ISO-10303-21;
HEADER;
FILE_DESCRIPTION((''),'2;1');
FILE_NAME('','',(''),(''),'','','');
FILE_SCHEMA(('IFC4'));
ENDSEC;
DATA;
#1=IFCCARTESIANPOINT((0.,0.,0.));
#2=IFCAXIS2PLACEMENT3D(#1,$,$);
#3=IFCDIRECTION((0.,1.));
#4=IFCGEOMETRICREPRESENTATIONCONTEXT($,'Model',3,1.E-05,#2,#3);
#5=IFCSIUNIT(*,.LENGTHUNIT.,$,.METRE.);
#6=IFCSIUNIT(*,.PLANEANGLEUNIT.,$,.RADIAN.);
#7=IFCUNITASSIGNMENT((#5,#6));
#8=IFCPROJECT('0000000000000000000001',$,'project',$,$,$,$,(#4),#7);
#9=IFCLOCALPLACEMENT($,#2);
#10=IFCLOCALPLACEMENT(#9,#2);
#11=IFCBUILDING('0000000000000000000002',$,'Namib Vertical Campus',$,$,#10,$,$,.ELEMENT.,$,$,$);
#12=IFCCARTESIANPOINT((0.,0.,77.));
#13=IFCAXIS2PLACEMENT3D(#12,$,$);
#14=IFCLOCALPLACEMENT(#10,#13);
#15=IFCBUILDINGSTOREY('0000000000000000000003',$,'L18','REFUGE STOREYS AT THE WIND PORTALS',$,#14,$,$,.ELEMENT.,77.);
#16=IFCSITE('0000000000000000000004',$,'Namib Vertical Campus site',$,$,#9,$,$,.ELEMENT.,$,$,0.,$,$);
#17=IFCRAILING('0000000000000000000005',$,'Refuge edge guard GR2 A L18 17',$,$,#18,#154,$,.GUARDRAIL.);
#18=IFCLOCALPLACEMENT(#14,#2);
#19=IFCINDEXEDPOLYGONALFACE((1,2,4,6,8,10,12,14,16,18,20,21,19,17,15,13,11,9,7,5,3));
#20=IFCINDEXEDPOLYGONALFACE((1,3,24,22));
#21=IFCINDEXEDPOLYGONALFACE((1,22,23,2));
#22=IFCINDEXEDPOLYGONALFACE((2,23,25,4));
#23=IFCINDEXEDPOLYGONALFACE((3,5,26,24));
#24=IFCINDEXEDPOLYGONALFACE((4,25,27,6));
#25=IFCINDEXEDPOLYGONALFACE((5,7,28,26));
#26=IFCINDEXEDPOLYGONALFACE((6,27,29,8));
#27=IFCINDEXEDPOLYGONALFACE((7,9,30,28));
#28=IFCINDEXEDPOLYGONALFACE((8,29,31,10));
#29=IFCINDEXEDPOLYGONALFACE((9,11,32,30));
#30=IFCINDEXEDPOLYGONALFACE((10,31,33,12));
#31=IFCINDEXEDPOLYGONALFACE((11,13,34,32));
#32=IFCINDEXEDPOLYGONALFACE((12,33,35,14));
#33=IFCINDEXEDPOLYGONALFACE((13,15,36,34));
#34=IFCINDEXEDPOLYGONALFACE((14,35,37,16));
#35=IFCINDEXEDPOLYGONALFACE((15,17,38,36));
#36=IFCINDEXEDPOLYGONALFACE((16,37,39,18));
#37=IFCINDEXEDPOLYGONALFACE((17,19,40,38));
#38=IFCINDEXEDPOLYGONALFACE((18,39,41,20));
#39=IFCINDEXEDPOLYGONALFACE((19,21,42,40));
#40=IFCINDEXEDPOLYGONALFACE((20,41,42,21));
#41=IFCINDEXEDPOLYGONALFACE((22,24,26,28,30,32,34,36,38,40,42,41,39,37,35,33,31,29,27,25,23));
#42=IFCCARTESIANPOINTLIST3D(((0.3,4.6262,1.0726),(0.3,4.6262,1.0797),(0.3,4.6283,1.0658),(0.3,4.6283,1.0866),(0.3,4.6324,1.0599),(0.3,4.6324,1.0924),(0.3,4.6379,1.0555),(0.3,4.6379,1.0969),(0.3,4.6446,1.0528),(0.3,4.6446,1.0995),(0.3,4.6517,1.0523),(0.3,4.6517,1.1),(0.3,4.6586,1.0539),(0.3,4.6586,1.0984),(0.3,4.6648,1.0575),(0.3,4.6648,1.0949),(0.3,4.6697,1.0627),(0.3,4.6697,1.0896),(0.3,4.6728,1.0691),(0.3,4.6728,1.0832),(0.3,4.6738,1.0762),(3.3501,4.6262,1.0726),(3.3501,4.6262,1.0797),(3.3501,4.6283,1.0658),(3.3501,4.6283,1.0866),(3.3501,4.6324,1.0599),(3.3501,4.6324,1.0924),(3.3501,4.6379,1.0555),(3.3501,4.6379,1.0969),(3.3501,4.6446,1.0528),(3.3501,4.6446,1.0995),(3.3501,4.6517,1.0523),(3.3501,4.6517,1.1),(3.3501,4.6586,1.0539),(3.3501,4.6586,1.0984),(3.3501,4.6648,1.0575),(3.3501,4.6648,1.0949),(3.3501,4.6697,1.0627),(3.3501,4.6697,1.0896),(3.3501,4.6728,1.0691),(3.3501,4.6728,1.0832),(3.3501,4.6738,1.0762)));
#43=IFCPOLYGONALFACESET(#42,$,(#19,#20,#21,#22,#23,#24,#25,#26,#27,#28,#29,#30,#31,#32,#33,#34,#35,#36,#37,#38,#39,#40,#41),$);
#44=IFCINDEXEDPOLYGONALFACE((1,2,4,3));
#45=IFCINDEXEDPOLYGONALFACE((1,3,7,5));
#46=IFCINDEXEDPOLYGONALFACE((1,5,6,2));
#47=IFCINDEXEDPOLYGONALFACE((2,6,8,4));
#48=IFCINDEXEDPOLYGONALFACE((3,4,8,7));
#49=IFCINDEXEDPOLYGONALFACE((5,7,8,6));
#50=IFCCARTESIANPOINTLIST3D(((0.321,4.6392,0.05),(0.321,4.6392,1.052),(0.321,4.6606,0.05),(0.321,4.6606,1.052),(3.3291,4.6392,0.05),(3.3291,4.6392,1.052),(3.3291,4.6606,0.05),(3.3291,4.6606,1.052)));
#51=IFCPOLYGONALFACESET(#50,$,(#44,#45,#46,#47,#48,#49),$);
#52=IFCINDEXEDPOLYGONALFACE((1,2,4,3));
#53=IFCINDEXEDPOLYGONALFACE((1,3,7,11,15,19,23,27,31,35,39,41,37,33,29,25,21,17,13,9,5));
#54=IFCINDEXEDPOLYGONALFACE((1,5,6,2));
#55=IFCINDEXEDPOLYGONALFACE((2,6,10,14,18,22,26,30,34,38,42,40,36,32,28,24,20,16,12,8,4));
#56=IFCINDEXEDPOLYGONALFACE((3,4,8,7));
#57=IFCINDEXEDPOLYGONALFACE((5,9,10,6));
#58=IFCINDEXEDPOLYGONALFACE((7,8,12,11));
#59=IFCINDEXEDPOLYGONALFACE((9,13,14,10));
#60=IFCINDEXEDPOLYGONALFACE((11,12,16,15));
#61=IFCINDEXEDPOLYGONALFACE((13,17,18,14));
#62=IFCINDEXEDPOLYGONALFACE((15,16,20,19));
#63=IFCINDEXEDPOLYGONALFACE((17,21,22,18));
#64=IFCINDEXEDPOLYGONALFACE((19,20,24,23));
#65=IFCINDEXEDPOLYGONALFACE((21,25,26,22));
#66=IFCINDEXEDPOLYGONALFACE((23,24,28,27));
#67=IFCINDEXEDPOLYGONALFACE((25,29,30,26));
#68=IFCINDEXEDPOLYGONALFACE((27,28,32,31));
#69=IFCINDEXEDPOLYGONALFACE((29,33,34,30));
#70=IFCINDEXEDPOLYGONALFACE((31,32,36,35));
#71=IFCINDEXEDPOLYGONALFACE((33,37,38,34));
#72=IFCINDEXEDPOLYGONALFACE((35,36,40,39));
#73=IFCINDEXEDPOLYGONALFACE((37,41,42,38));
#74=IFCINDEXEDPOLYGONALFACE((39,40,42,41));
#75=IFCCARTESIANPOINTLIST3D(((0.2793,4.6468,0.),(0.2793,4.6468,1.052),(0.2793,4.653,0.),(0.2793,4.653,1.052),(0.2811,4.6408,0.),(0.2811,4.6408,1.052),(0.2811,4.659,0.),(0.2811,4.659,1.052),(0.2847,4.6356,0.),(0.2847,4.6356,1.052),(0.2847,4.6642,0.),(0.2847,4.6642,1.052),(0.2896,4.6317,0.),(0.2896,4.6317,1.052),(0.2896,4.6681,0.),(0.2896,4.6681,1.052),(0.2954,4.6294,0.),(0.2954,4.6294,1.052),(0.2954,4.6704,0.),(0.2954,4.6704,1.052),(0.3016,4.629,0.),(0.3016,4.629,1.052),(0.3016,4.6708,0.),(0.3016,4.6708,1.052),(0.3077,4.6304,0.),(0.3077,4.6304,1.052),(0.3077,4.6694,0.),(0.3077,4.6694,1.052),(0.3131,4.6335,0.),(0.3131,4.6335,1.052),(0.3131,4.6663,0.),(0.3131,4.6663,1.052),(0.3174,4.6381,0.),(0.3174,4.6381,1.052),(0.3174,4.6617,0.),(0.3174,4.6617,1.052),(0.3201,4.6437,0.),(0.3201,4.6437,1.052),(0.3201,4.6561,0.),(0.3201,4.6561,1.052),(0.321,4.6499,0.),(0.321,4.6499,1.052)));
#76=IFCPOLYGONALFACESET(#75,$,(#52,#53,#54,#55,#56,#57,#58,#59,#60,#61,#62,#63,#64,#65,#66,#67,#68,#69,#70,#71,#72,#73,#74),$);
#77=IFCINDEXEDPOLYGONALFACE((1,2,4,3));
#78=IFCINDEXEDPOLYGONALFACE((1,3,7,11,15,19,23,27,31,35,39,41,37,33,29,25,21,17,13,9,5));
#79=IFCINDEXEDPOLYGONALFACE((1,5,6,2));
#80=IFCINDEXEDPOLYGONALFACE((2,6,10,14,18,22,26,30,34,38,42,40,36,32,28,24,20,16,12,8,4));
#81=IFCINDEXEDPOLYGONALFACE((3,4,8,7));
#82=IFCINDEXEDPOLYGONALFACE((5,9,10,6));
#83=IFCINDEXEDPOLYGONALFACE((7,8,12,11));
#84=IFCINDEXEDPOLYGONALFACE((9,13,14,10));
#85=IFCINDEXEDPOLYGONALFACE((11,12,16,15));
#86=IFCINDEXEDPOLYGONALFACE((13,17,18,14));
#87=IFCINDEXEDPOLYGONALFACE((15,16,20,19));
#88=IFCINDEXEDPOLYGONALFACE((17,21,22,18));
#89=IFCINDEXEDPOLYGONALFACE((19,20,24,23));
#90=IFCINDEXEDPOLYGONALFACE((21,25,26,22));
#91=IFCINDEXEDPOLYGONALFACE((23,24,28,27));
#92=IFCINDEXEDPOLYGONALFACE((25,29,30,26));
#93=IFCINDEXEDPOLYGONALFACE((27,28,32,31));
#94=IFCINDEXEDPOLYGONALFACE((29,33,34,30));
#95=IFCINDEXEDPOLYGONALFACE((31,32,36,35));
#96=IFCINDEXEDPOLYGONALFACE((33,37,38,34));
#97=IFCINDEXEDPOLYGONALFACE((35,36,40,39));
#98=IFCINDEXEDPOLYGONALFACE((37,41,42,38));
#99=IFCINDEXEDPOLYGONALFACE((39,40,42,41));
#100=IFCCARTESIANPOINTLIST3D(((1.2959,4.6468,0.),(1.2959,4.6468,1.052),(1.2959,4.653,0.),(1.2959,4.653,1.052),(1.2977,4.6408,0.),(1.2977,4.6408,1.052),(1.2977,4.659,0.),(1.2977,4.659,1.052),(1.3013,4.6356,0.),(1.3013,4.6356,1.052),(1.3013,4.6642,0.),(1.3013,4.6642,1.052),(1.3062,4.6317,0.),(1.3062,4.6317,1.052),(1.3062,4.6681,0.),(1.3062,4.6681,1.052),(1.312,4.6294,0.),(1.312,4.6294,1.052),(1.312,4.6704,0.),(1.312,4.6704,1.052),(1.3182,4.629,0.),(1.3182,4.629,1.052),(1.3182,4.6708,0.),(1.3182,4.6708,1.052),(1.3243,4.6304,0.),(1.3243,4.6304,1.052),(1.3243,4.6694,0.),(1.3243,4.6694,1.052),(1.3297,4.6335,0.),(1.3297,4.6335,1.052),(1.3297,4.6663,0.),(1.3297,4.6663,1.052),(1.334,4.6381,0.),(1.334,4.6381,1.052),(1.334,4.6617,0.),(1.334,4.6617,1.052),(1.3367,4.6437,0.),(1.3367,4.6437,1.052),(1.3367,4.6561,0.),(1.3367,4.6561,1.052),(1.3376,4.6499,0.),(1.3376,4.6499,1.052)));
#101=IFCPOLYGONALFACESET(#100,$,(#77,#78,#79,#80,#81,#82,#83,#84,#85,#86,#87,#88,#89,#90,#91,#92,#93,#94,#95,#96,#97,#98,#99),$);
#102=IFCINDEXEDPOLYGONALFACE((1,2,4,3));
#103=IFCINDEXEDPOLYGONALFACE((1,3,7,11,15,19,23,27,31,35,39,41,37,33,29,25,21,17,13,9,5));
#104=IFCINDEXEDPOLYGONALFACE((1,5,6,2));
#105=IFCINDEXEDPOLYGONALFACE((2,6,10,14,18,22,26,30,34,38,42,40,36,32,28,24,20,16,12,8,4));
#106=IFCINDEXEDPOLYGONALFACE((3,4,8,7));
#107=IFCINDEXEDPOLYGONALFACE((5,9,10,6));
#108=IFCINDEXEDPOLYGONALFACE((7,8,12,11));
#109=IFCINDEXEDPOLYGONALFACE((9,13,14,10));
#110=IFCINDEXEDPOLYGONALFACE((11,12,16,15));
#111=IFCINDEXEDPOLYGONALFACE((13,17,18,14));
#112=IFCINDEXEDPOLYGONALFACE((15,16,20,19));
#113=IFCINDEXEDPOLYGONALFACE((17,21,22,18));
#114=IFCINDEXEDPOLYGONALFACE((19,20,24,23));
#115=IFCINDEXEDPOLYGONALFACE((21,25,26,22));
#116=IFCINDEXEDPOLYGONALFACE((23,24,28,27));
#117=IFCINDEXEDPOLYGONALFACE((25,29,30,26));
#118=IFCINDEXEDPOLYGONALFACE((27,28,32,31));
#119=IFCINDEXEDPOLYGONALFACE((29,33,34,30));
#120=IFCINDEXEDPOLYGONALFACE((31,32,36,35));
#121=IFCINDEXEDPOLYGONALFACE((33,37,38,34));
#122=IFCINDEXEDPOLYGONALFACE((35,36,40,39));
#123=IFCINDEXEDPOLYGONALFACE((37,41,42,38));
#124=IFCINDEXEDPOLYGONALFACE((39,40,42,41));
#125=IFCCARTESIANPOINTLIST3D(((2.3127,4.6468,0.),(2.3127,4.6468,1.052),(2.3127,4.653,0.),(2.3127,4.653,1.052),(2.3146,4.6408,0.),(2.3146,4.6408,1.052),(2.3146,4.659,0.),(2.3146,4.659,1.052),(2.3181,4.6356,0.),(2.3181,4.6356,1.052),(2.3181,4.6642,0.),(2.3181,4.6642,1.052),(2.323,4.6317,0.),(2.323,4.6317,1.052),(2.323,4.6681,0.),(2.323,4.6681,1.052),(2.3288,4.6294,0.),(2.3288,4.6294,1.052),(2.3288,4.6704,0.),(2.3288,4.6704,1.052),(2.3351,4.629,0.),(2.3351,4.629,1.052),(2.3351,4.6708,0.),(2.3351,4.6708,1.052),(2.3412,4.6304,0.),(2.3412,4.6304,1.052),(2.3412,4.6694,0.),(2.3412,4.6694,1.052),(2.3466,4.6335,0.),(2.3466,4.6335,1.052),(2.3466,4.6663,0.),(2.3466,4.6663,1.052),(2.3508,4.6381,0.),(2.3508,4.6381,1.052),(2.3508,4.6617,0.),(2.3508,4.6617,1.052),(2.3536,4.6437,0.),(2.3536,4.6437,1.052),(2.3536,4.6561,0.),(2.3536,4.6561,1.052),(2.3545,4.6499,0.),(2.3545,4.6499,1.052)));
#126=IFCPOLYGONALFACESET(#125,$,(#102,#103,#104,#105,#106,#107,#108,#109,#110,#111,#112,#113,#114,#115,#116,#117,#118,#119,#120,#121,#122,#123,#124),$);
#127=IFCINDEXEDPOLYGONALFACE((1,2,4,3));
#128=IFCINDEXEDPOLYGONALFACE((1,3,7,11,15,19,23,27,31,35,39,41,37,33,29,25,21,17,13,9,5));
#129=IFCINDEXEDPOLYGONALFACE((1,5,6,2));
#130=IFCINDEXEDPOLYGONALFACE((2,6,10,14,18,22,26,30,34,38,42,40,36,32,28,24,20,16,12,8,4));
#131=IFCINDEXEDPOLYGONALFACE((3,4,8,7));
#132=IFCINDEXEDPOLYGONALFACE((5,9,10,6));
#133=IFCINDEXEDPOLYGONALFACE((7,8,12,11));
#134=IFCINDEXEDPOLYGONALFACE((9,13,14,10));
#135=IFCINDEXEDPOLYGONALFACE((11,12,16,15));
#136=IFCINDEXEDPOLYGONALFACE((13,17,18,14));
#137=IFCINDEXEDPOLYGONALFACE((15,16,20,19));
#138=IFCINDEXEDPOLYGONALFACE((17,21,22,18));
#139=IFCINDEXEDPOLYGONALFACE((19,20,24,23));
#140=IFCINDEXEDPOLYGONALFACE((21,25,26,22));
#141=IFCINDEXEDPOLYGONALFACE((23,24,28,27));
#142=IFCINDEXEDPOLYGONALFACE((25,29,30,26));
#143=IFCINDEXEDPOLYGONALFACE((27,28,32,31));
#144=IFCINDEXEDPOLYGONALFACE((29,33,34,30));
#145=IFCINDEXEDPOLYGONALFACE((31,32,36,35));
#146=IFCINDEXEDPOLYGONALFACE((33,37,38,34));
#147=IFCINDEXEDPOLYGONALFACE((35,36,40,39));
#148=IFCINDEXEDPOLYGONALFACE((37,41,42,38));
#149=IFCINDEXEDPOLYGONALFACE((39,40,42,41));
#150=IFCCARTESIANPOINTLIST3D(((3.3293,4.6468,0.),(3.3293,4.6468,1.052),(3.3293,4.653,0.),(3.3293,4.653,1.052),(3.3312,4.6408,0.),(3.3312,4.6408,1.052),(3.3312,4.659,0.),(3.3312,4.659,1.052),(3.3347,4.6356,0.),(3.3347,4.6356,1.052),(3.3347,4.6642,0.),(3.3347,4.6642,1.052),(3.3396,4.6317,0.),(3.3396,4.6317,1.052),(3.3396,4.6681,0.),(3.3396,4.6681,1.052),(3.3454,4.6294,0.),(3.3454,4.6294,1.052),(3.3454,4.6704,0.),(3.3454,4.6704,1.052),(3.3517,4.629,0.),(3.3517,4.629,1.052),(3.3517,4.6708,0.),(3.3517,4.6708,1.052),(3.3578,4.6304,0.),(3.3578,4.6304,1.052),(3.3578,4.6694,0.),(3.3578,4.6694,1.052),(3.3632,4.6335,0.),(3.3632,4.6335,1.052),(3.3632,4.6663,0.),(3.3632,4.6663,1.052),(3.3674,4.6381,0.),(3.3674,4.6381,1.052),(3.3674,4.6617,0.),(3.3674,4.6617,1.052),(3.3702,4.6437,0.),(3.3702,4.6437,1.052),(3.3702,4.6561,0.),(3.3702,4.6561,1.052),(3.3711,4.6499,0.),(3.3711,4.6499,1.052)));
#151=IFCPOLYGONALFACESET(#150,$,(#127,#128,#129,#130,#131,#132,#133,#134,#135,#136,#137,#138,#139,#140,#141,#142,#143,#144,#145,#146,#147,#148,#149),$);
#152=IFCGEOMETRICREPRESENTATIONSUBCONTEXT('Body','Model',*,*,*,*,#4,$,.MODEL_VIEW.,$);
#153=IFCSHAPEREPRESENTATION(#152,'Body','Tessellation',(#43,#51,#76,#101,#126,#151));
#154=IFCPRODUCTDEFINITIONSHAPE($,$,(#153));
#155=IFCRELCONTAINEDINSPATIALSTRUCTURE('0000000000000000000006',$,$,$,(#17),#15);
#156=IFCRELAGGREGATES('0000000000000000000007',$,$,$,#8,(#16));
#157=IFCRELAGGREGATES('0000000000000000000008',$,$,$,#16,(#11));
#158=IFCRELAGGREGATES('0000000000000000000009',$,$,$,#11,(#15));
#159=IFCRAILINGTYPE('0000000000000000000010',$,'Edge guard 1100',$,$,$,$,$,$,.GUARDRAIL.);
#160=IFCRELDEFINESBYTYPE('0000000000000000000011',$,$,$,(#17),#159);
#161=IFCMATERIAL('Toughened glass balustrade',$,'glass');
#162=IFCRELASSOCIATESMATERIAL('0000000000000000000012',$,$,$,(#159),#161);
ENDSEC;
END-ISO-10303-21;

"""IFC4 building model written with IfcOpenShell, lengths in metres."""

from ifc_helpers import new_model, si_unit, direction, frame, origin, origin_2d, place, context, subcontext, project, spatial, polyline, circle, outline, extrude, material, type_object, element, save


model = new_model("IFC4")

# Units and contexts
model_context = context("Model", 3, precision=1e-05, world=origin(), true_north=direction((0.0, 1.0)))
body_context = subcontext(model_context, "Body", "Model", "MODEL_VIEW")
ifc_project = project(units=[si_unit("LENGTHUNIT", "METRE"), si_unit("PLANEANGLEUNIT", "RADIAN")], contexts=[model_context])

# Site, building, storey
site_placement = place(None, origin())
site = spatial("IfcSite", under=ifc_project, at=site_placement, Name="Namib Vertical Campus site", CompositionType="ELEMENT", RefElevation=0.0)
building_placement = place(site_placement, origin())
building = spatial("IfcBuilding", under=site, at=building_placement, Name="Namib Vertical Campus", CompositionType="ELEMENT")
storey_placement = place(building_placement, frame((0.0, 0.0, 77.0)))
storey = spatial("IfcBuildingStorey", under=building, at=storey_placement, Name="L18", Description="REFUGE STOREYS AT THE WIND PORTALS", CompositionType="ELEMENT", Elevation=77.0)

# Railing
ifc_material_1 = material(Name="Toughened glass balustrade", Category="glass")
railing_type = type_object("IfcRailingType", Name="Edge guard 1100", PredefinedType="GUARDRAIL", material=ifc_material_1)
railing_1_placement = place(storey_placement, frame((0.3, 4.6499, 0.0)))
element("IfcRailing", 1, at=railing_1_placement, inside=storey, type_object=railing_type, Name="Refuge edge guard GR2 A L18 17", PredefinedType="GUARDRAIL", context=body_context, shape_type="SweptSolid", body=[
    extrude(circle(Radius=0.0239, at=origin_2d()), frame((0.0, 0.0, 1.0762), z_axis=(1.0, 0.0, 0.0), x_axis=(0.0, 1.0, 0.0)), (0.0, 0.0, 1.0), 3.05),
    extrude(outline(polyline([(0.021, 0.05), (3.0291, 0.05), (3.0291, 1.052), (0.021, 1.052), (0.021, 0.05)])), frame((0.0, 0.0107, 0.0), z_axis=(0.0, -1.0, 0.0), x_axis=(1.0, 0.0, 0.0)), (0.0, 0.0, 1.0), 0.0215),
    extrude(circle(Radius=0.021, at=origin_2d()), origin(), (0.0, 0.0, 1.0), 1.052),
    extrude(circle(Radius=0.021, at=origin_2d()), frame((1.0166, 0.0, 0.0)), (0.0, 0.0, 1.0), 1.052),
    extrude(circle(Radius=0.021, at=origin_2d()), frame((2.0334, 0.0, 0.0)), (0.0, 0.0, 1.0), 1.052),
    extrude(circle(Radius=0.021, at=origin_2d()), frame((3.05, 0.0, 0.0)), (0.0, 0.0, 1.0), 1.052),
])

save(model, "model.ifc")
